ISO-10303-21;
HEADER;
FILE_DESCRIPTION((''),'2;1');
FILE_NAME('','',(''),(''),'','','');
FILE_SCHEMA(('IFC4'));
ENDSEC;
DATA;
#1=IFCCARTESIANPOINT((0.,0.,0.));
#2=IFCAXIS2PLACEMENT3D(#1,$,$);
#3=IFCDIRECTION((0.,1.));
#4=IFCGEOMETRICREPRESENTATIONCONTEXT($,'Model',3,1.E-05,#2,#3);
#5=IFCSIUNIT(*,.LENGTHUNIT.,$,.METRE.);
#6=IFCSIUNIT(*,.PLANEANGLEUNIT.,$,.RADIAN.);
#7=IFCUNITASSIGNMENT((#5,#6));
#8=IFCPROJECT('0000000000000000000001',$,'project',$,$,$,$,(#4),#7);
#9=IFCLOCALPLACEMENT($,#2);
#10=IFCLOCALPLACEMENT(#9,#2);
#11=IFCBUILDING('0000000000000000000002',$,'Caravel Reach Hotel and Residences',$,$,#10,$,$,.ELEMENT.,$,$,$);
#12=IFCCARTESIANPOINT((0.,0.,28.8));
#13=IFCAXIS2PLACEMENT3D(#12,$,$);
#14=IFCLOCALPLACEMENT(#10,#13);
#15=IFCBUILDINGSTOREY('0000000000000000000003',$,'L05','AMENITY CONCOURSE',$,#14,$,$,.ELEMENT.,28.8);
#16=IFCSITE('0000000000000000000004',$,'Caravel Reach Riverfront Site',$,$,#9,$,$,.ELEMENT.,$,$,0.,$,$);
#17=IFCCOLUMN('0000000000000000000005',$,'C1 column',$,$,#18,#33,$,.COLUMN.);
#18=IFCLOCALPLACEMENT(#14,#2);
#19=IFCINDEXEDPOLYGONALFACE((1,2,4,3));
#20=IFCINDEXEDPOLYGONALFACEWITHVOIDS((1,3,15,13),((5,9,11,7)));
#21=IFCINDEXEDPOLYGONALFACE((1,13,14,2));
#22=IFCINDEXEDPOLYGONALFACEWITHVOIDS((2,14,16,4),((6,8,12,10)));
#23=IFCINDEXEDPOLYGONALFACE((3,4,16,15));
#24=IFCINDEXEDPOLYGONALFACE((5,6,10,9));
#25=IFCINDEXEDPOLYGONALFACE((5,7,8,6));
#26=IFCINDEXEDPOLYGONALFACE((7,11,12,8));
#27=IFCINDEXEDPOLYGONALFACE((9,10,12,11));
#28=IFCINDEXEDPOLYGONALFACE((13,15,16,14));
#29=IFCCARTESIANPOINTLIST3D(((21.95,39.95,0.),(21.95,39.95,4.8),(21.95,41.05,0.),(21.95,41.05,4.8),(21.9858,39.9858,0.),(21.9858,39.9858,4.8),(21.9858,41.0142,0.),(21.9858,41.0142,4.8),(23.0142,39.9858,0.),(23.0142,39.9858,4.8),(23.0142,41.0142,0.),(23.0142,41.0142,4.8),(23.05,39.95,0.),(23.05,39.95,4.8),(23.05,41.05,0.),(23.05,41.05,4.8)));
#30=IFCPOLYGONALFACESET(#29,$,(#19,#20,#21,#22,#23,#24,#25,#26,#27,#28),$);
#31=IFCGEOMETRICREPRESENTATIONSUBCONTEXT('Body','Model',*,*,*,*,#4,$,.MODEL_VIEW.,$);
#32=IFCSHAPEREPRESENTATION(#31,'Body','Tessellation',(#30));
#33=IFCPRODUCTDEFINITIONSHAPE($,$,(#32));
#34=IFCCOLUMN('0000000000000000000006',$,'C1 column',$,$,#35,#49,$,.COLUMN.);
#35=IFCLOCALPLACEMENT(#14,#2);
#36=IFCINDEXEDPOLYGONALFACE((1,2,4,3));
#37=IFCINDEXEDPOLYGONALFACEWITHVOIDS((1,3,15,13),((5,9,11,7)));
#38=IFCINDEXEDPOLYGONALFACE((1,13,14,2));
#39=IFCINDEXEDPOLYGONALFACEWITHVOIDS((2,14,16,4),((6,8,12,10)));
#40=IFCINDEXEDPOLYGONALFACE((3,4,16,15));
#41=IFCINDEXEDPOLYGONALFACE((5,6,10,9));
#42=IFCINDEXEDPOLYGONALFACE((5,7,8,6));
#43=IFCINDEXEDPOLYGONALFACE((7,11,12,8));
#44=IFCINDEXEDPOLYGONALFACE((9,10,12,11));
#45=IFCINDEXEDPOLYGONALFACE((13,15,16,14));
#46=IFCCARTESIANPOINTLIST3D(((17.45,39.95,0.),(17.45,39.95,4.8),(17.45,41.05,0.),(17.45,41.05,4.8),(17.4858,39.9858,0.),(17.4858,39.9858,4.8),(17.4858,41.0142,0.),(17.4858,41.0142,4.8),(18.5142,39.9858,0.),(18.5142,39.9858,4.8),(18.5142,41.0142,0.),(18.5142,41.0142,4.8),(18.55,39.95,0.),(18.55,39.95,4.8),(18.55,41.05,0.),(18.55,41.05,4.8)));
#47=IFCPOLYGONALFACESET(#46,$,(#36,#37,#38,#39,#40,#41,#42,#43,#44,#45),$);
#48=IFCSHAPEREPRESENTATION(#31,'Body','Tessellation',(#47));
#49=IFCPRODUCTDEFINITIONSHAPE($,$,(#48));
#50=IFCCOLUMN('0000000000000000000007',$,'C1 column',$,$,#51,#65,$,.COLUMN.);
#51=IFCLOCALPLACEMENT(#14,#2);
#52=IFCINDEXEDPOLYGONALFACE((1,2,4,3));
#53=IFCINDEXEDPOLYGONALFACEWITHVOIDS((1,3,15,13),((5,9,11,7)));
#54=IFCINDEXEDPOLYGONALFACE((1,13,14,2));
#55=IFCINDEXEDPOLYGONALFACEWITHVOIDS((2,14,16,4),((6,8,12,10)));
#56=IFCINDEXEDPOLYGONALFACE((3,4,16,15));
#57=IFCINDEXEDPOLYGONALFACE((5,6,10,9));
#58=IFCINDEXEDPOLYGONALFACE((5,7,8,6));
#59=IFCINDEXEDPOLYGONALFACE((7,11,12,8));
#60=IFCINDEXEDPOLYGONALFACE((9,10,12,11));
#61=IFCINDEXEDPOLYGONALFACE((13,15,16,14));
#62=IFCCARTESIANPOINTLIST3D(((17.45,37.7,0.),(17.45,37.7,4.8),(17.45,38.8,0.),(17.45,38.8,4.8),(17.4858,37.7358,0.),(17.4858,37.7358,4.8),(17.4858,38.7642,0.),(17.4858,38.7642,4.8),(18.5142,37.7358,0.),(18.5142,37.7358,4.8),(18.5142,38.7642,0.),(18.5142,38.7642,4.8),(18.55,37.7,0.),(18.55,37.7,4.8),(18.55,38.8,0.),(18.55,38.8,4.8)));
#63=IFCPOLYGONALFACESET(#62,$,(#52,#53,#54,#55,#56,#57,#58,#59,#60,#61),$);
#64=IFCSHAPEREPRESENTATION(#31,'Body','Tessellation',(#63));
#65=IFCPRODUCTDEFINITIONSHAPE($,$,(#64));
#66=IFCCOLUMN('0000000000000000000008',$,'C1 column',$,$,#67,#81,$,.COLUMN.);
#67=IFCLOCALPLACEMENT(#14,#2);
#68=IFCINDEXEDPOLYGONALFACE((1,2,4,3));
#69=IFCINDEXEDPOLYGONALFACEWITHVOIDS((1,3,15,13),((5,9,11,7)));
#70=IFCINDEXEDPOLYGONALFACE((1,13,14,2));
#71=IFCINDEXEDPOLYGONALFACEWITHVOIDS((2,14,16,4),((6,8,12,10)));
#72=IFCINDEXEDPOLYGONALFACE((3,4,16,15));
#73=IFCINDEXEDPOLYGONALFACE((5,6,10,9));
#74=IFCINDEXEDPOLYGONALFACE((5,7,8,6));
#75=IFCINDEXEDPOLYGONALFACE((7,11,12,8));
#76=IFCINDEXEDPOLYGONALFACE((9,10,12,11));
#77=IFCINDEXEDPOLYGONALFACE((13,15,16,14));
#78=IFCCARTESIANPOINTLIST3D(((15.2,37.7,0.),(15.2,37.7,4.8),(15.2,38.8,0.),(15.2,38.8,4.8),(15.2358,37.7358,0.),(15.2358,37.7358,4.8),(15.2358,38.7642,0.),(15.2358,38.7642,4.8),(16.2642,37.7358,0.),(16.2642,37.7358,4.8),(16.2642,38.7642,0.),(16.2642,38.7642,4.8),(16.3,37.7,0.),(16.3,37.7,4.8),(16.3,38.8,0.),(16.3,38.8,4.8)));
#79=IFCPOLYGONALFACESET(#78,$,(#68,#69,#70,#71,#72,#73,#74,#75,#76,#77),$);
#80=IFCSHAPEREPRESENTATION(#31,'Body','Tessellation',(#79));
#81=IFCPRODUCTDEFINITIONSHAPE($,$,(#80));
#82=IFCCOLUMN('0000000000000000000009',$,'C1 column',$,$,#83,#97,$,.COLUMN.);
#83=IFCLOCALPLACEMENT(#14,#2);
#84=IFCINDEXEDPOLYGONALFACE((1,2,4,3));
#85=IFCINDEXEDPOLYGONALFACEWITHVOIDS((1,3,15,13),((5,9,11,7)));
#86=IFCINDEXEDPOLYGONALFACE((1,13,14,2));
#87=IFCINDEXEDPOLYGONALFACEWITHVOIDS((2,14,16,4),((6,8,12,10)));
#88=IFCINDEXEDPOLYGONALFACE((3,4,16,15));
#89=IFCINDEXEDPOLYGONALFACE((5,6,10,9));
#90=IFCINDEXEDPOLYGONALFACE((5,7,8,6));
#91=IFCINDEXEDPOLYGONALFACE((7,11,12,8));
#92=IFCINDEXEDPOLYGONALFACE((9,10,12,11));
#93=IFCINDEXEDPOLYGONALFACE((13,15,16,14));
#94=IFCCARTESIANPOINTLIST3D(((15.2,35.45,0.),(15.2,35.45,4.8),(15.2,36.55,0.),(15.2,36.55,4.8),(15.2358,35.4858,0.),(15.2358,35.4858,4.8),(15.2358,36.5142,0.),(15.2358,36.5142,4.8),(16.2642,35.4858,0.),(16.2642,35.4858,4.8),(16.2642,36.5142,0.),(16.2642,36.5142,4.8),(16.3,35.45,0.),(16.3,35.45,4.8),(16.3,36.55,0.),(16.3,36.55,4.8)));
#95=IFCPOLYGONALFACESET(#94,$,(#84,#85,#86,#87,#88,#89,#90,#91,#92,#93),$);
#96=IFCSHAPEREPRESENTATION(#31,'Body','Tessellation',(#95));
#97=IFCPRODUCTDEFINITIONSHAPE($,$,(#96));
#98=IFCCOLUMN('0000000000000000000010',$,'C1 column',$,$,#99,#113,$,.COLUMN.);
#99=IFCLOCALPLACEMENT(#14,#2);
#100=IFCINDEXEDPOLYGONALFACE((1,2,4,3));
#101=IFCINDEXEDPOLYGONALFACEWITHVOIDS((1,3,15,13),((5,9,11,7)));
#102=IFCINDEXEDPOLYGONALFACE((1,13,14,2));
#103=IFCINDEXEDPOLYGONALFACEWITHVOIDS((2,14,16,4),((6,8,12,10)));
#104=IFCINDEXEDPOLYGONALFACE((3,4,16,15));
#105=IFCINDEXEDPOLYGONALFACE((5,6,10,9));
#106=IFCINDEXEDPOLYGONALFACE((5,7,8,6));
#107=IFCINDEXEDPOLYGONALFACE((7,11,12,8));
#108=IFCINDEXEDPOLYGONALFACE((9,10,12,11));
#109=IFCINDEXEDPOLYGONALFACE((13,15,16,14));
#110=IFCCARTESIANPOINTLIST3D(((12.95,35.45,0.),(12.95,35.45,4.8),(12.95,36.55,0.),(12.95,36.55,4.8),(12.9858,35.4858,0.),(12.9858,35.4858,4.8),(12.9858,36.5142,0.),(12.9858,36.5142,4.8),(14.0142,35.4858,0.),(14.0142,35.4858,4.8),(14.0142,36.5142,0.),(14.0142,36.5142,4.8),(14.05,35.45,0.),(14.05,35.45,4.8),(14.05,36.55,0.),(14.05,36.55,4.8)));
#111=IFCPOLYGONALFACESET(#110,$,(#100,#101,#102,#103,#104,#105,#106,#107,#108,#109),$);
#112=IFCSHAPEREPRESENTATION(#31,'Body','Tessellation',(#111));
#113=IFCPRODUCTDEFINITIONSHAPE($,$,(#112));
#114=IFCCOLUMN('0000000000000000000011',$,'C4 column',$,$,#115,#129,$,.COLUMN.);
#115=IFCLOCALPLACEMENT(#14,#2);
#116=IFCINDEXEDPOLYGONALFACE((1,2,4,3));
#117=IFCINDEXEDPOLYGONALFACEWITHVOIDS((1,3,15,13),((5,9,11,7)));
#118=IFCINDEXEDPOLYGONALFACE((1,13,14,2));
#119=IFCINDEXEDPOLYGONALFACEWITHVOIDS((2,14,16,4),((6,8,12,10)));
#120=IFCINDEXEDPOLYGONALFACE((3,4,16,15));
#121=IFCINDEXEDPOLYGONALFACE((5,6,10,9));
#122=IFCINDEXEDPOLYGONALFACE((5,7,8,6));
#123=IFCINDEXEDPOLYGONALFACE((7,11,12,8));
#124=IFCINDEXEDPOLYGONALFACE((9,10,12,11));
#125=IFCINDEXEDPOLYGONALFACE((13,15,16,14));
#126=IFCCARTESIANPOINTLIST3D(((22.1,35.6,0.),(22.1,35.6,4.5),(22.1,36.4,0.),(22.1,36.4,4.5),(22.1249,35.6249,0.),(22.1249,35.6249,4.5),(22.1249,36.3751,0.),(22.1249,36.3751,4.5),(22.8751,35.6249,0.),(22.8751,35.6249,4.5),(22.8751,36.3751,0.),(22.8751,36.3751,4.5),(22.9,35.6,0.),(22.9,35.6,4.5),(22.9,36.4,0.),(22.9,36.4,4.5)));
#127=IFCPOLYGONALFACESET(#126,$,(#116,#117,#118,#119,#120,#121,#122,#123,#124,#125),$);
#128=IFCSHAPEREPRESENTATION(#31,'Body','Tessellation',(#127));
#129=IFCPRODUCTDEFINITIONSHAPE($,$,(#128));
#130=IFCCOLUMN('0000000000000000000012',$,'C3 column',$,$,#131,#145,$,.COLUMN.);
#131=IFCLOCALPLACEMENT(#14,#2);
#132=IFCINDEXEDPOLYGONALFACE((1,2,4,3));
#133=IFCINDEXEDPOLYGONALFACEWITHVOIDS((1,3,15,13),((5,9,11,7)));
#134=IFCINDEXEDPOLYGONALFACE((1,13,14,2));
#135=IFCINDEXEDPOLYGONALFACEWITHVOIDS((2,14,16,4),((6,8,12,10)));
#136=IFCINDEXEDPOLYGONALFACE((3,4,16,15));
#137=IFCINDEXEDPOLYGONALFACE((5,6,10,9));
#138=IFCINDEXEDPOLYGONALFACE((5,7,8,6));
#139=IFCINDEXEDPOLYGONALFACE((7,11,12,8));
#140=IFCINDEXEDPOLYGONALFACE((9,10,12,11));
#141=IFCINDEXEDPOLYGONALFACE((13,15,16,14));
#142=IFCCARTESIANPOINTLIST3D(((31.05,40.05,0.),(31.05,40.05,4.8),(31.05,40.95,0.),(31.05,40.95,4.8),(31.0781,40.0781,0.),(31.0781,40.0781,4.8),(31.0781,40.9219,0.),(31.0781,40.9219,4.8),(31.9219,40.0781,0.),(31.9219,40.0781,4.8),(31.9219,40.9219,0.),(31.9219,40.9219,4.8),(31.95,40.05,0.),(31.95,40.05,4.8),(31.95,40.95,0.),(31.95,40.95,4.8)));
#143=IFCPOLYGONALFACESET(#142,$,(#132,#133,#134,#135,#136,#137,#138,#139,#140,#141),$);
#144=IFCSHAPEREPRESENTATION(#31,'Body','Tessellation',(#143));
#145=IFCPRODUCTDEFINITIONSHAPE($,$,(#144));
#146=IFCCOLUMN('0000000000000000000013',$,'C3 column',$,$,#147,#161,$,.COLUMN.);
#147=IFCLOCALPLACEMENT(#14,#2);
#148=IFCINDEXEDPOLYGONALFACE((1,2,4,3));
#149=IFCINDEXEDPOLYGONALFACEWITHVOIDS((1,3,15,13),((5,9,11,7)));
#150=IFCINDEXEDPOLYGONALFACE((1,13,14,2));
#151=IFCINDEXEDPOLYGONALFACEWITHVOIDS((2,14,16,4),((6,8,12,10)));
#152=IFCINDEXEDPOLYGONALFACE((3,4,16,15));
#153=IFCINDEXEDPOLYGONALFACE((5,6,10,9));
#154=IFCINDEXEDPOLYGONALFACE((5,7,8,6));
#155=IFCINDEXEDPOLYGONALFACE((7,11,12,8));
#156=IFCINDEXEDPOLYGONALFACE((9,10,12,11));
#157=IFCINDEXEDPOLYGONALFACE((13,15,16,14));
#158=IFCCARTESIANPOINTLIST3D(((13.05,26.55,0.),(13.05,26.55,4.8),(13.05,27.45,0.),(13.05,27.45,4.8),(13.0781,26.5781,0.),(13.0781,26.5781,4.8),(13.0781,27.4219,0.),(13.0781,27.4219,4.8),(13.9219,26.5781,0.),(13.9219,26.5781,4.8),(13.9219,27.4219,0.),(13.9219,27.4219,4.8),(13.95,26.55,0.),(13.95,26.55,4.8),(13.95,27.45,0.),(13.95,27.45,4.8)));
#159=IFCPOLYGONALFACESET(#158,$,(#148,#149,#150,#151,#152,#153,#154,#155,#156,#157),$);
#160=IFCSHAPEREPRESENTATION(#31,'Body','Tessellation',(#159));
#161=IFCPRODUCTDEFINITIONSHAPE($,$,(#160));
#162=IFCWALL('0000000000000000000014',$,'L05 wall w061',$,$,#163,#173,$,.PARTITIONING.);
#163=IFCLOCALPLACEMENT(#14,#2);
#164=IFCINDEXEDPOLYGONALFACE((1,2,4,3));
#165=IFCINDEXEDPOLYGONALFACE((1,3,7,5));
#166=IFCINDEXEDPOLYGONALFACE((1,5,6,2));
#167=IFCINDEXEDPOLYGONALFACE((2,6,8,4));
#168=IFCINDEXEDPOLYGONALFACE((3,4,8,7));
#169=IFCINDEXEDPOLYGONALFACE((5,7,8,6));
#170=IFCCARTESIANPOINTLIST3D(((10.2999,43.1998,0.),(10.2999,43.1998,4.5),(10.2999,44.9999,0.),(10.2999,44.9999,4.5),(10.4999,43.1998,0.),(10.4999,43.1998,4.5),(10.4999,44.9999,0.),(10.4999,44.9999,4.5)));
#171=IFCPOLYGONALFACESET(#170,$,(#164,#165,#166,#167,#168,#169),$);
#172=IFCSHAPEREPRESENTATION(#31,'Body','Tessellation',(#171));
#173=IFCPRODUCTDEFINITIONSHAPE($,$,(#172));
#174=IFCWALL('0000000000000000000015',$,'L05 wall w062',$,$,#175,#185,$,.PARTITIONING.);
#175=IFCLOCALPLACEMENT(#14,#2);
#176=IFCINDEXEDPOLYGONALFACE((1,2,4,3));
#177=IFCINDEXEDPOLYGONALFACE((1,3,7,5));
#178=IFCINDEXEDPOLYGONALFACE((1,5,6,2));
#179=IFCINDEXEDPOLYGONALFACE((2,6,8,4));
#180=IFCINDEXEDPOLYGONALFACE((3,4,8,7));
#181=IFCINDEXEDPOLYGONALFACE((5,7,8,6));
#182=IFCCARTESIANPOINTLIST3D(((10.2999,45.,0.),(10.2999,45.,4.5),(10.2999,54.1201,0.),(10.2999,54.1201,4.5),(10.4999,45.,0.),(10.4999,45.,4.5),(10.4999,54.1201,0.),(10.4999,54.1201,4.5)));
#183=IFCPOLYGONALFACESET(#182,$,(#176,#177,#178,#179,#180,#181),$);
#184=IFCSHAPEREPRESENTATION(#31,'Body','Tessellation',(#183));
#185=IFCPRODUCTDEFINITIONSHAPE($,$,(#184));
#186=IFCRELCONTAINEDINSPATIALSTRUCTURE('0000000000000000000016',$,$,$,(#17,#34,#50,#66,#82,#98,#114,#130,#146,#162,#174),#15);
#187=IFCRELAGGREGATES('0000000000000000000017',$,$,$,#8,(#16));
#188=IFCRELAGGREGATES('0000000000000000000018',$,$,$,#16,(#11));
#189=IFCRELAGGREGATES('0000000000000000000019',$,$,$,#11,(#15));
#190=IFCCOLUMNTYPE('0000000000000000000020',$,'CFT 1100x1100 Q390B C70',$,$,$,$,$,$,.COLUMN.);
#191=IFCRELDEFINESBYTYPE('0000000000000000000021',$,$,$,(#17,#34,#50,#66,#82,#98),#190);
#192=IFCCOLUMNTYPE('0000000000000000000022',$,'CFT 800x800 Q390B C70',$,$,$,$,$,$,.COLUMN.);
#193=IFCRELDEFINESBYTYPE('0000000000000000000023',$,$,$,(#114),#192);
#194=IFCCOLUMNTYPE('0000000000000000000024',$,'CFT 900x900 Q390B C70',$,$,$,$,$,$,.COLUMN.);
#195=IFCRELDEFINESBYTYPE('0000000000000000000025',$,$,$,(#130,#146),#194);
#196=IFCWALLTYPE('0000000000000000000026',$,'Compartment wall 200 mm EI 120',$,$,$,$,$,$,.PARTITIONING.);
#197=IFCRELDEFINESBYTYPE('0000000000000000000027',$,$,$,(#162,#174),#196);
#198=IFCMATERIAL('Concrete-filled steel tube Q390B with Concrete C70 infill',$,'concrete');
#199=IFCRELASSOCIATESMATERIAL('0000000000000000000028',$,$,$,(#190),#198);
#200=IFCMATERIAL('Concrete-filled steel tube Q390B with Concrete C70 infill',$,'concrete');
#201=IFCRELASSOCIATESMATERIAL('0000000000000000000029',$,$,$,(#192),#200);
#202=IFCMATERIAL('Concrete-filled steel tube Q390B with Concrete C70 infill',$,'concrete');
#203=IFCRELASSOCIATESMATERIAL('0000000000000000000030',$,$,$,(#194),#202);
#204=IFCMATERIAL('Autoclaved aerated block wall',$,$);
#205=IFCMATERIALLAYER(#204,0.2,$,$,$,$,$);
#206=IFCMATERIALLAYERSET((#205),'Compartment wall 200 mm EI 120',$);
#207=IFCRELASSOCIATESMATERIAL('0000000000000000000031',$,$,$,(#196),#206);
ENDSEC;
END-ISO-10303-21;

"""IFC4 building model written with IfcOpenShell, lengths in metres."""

from ifc_helpers import new_model, si_unit, direction, frame, frame_2d, origin, origin_2d, place, context, subcontext, project, spatial, rectangle, hollow_rectangle, extrude, material, layer, layer_set, material_profile, profile_set, type_object, element, save


model = new_model("IFC4")

# Units and contexts
model_context = context("Model", 3, precision=1e-05, world=origin(), true_north=direction((0.0, 1.0)))
body_context = subcontext(model_context, "Body", "Model", "MODEL_VIEW")
ifc_project = project(units=[si_unit("LENGTHUNIT", "METRE"), si_unit("PLANEANGLEUNIT", "RADIAN")], contexts=[model_context])

# Site, building, storey
site_placement = place(None, origin())
site = spatial("IfcSite", under=ifc_project, at=site_placement, Name="Caravel Reach Riverfront Site", CompositionType="ELEMENT", RefElevation=0.0)
building_placement = place(site_placement, origin())
building = spatial("IfcBuilding", under=site, at=building_placement, Name="Caravel Reach Hotel and Residences", CompositionType="ELEMENT")
storey_placement = place(building_placement, frame((0.0, 0.0, 28.8)))
storey = spatial("IfcBuildingStorey", under=building, at=storey_placement, Name="L05", Description="AMENITY CONCOURSE", CompositionType="ELEMENT", Elevation=28.8)

# Columns
ifc_material_1 = material(Name="Concrete-filled steel tube Q390B with Concrete C70 infill", Category="concrete")
ifc_material_profile_1 = material_profile(ifc_material_1, hollow_rectangle(XDim=1.1001, YDim=1.1001, WallThickness=0.0359, at=origin_2d()), Name="RHS 1100x1100x36")
ifc_profile_set_1 = profile_set([ifc_material_profile_1], Name="Concrete-filled steel tube Q390B with Concrete C70 infill")
column_type_1 = type_object("IfcColumnType", Name="CFT 1100x1100 Q390B C70", PredefinedType="COLUMN", material=ifc_profile_set_1)
for number, where, z_axis, x_axis, name in (
    (1, (22.5, 40.5, 0.0), (0.0, 0.0, 1.0), (1.0, 0.0, 0.0), "C1 column"),
    (2, (18.0, 40.5, 0.0), (0.0, 0.0, 1.0), (1.0, 0.0, 0.0), "C1 column"),
    (3, (18.0, 38.25, 0.0), (0.0, 0.0, 1.0), (1.0, 0.0, 0.0), "C1 column"),
    (4, (15.75, 38.25, 0.0), (0.0, 0.0, 1.0), (1.0, 0.0, 0.0), "C1 column"),
    (5, (15.75, 36.0, 0.0), (0.0, 0.0, 1.0), (1.0, 0.0, 0.0), "C1 column"),
    (6, (13.5, 36.0, 0.0), (0.0, 0.0, 1.0), (1.0, 0.0, 0.0), "C1 column"),
):
    element("IfcColumn", number, at=place(storey_placement, frame(where, z_axis=z_axis, x_axis=x_axis)), inside=storey, type_object=column_type_1, Name=name, PredefinedType="COLUMN", context=body_context, shape_type="SweptSolid", body=[
        extrude(hollow_rectangle(XDim=1.1001, YDim=1.1001, WallThickness=0.0359, at=origin_2d()), origin(), (0.0, 0.0, 1.0), 4.8),
    ])
ifc_material_2 = material(Name="Concrete-filled steel tube Q390B with Concrete C70 infill", Category="concrete")
ifc_material_profile_2 = material_profile(ifc_material_2, hollow_rectangle(XDim=0.8, YDim=0.8, WallThickness=0.0249, at=origin_2d()), Name="RHS 800x800x25")
ifc_profile_set_2 = profile_set([ifc_material_profile_2], Name="Concrete-filled steel tube Q390B with Concrete C70 infill")
column_type_2 = type_object("IfcColumnType", Name="CFT 800x800 Q390B C70", PredefinedType="COLUMN", material=ifc_profile_set_2)
column_placement = place(storey_placement, frame((22.5, 36.0, 0.0), z_axis=(0.0, 0.0, 1.0), x_axis=(1.0, 0.0, 0.0)))
element("IfcColumn", 7, at=column_placement, inside=storey, type_object=column_type_2, Name="C4 column", PredefinedType="COLUMN", context=body_context, shape_type="SweptSolid", body=[
    extrude(hollow_rectangle(XDim=0.8, YDim=0.8, WallThickness=0.0249, at=origin_2d()), origin(), (0.0, 0.0, 1.0), 4.5),
])
ifc_material_3 = material(Name="Concrete-filled steel tube Q390B with Concrete C70 infill", Category="concrete")
ifc_material_profile_3 = material_profile(ifc_material_3, hollow_rectangle(XDim=0.8999, YDim=0.8999, WallThickness=0.0281, at=origin_2d()), Name="RHS 900x900x28")
ifc_profile_set_3 = profile_set([ifc_material_profile_3], Name="Concrete-filled steel tube Q390B with Concrete C70 infill")
column_type_3 = type_object("IfcColumnType", Name="CFT 900x900 Q390B C70", PredefinedType="COLUMN", material=ifc_profile_set_3)
for number, where, z_axis, x_axis, name in (
    (8, (31.5, 40.5, 0.0), (0.0, 0.0, 1.0), (1.0, 0.0, 0.0), "C3 column"),
    (9, (13.5, 27.0, 0.0), (0.0, 0.0, 1.0), (1.0, 0.0, 0.0), "C3 column"),
):
    element("IfcColumn", number, at=place(storey_placement, frame(where, z_axis=z_axis, x_axis=x_axis)), inside=storey, type_object=column_type_3, Name=name, PredefinedType="COLUMN", context=body_context, shape_type="SweptSolid", body=[
        extrude(hollow_rectangle(XDim=0.8999, YDim=0.8999, WallThickness=0.0281, at=origin_2d()), origin(), (0.0, 0.0, 1.0), 4.8),
    ])

# Walls
ifc_material_4 = material(Name="Autoclaved aerated block wall")
ifc_layer_1 = layer(ifc_material_4, 0.2)
ifc_layer_set_1 = layer_set([ifc_layer_1], Name="Compartment wall 200 mm EI 120")
wall_type_1 = type_object("IfcWallType", Name="Compartment wall 200 mm EI 120", PredefinedType="PARTITIONING", material=ifc_layer_set_1)
wall_1_placement = place(storey_placement, frame((10.3999, 43.2, 0.0), z_axis=(0.0, 0.0, 1.0), x_axis=(0.0, 1.0, 0.0)))
element("IfcWall", 10, at=wall_1_placement, inside=storey, type_object=wall_type_1, Name="L05 wall w061", PredefinedType="PARTITIONING", context=body_context, shape_type="SweptSolid", body=[
    extrude(rectangle(XDim=1.8, YDim=0.2, at=frame_2d((0.8999, 0.0))), origin(), (0.0, 0.0, 1.0), 4.5),
])
wall_2_placement = place(storey_placement, frame((10.3999, 45.0, 0.0), z_axis=(0.0, 0.0, 1.0), x_axis=(0.0, 1.0, 0.0)))
element("IfcWall", 11, at=wall_2_placement, inside=storey, type_object=wall_type_1, Name="L05 wall w062", PredefinedType="PARTITIONING", context=body_context, shape_type="SweptSolid", body=[
    extrude(rectangle(XDim=9.1201, YDim=0.2, at=frame_2d((4.5601, 0.0))), origin(), (0.0, 0.0, 1.0), 4.5),
])

save(model, "model.ifc")
